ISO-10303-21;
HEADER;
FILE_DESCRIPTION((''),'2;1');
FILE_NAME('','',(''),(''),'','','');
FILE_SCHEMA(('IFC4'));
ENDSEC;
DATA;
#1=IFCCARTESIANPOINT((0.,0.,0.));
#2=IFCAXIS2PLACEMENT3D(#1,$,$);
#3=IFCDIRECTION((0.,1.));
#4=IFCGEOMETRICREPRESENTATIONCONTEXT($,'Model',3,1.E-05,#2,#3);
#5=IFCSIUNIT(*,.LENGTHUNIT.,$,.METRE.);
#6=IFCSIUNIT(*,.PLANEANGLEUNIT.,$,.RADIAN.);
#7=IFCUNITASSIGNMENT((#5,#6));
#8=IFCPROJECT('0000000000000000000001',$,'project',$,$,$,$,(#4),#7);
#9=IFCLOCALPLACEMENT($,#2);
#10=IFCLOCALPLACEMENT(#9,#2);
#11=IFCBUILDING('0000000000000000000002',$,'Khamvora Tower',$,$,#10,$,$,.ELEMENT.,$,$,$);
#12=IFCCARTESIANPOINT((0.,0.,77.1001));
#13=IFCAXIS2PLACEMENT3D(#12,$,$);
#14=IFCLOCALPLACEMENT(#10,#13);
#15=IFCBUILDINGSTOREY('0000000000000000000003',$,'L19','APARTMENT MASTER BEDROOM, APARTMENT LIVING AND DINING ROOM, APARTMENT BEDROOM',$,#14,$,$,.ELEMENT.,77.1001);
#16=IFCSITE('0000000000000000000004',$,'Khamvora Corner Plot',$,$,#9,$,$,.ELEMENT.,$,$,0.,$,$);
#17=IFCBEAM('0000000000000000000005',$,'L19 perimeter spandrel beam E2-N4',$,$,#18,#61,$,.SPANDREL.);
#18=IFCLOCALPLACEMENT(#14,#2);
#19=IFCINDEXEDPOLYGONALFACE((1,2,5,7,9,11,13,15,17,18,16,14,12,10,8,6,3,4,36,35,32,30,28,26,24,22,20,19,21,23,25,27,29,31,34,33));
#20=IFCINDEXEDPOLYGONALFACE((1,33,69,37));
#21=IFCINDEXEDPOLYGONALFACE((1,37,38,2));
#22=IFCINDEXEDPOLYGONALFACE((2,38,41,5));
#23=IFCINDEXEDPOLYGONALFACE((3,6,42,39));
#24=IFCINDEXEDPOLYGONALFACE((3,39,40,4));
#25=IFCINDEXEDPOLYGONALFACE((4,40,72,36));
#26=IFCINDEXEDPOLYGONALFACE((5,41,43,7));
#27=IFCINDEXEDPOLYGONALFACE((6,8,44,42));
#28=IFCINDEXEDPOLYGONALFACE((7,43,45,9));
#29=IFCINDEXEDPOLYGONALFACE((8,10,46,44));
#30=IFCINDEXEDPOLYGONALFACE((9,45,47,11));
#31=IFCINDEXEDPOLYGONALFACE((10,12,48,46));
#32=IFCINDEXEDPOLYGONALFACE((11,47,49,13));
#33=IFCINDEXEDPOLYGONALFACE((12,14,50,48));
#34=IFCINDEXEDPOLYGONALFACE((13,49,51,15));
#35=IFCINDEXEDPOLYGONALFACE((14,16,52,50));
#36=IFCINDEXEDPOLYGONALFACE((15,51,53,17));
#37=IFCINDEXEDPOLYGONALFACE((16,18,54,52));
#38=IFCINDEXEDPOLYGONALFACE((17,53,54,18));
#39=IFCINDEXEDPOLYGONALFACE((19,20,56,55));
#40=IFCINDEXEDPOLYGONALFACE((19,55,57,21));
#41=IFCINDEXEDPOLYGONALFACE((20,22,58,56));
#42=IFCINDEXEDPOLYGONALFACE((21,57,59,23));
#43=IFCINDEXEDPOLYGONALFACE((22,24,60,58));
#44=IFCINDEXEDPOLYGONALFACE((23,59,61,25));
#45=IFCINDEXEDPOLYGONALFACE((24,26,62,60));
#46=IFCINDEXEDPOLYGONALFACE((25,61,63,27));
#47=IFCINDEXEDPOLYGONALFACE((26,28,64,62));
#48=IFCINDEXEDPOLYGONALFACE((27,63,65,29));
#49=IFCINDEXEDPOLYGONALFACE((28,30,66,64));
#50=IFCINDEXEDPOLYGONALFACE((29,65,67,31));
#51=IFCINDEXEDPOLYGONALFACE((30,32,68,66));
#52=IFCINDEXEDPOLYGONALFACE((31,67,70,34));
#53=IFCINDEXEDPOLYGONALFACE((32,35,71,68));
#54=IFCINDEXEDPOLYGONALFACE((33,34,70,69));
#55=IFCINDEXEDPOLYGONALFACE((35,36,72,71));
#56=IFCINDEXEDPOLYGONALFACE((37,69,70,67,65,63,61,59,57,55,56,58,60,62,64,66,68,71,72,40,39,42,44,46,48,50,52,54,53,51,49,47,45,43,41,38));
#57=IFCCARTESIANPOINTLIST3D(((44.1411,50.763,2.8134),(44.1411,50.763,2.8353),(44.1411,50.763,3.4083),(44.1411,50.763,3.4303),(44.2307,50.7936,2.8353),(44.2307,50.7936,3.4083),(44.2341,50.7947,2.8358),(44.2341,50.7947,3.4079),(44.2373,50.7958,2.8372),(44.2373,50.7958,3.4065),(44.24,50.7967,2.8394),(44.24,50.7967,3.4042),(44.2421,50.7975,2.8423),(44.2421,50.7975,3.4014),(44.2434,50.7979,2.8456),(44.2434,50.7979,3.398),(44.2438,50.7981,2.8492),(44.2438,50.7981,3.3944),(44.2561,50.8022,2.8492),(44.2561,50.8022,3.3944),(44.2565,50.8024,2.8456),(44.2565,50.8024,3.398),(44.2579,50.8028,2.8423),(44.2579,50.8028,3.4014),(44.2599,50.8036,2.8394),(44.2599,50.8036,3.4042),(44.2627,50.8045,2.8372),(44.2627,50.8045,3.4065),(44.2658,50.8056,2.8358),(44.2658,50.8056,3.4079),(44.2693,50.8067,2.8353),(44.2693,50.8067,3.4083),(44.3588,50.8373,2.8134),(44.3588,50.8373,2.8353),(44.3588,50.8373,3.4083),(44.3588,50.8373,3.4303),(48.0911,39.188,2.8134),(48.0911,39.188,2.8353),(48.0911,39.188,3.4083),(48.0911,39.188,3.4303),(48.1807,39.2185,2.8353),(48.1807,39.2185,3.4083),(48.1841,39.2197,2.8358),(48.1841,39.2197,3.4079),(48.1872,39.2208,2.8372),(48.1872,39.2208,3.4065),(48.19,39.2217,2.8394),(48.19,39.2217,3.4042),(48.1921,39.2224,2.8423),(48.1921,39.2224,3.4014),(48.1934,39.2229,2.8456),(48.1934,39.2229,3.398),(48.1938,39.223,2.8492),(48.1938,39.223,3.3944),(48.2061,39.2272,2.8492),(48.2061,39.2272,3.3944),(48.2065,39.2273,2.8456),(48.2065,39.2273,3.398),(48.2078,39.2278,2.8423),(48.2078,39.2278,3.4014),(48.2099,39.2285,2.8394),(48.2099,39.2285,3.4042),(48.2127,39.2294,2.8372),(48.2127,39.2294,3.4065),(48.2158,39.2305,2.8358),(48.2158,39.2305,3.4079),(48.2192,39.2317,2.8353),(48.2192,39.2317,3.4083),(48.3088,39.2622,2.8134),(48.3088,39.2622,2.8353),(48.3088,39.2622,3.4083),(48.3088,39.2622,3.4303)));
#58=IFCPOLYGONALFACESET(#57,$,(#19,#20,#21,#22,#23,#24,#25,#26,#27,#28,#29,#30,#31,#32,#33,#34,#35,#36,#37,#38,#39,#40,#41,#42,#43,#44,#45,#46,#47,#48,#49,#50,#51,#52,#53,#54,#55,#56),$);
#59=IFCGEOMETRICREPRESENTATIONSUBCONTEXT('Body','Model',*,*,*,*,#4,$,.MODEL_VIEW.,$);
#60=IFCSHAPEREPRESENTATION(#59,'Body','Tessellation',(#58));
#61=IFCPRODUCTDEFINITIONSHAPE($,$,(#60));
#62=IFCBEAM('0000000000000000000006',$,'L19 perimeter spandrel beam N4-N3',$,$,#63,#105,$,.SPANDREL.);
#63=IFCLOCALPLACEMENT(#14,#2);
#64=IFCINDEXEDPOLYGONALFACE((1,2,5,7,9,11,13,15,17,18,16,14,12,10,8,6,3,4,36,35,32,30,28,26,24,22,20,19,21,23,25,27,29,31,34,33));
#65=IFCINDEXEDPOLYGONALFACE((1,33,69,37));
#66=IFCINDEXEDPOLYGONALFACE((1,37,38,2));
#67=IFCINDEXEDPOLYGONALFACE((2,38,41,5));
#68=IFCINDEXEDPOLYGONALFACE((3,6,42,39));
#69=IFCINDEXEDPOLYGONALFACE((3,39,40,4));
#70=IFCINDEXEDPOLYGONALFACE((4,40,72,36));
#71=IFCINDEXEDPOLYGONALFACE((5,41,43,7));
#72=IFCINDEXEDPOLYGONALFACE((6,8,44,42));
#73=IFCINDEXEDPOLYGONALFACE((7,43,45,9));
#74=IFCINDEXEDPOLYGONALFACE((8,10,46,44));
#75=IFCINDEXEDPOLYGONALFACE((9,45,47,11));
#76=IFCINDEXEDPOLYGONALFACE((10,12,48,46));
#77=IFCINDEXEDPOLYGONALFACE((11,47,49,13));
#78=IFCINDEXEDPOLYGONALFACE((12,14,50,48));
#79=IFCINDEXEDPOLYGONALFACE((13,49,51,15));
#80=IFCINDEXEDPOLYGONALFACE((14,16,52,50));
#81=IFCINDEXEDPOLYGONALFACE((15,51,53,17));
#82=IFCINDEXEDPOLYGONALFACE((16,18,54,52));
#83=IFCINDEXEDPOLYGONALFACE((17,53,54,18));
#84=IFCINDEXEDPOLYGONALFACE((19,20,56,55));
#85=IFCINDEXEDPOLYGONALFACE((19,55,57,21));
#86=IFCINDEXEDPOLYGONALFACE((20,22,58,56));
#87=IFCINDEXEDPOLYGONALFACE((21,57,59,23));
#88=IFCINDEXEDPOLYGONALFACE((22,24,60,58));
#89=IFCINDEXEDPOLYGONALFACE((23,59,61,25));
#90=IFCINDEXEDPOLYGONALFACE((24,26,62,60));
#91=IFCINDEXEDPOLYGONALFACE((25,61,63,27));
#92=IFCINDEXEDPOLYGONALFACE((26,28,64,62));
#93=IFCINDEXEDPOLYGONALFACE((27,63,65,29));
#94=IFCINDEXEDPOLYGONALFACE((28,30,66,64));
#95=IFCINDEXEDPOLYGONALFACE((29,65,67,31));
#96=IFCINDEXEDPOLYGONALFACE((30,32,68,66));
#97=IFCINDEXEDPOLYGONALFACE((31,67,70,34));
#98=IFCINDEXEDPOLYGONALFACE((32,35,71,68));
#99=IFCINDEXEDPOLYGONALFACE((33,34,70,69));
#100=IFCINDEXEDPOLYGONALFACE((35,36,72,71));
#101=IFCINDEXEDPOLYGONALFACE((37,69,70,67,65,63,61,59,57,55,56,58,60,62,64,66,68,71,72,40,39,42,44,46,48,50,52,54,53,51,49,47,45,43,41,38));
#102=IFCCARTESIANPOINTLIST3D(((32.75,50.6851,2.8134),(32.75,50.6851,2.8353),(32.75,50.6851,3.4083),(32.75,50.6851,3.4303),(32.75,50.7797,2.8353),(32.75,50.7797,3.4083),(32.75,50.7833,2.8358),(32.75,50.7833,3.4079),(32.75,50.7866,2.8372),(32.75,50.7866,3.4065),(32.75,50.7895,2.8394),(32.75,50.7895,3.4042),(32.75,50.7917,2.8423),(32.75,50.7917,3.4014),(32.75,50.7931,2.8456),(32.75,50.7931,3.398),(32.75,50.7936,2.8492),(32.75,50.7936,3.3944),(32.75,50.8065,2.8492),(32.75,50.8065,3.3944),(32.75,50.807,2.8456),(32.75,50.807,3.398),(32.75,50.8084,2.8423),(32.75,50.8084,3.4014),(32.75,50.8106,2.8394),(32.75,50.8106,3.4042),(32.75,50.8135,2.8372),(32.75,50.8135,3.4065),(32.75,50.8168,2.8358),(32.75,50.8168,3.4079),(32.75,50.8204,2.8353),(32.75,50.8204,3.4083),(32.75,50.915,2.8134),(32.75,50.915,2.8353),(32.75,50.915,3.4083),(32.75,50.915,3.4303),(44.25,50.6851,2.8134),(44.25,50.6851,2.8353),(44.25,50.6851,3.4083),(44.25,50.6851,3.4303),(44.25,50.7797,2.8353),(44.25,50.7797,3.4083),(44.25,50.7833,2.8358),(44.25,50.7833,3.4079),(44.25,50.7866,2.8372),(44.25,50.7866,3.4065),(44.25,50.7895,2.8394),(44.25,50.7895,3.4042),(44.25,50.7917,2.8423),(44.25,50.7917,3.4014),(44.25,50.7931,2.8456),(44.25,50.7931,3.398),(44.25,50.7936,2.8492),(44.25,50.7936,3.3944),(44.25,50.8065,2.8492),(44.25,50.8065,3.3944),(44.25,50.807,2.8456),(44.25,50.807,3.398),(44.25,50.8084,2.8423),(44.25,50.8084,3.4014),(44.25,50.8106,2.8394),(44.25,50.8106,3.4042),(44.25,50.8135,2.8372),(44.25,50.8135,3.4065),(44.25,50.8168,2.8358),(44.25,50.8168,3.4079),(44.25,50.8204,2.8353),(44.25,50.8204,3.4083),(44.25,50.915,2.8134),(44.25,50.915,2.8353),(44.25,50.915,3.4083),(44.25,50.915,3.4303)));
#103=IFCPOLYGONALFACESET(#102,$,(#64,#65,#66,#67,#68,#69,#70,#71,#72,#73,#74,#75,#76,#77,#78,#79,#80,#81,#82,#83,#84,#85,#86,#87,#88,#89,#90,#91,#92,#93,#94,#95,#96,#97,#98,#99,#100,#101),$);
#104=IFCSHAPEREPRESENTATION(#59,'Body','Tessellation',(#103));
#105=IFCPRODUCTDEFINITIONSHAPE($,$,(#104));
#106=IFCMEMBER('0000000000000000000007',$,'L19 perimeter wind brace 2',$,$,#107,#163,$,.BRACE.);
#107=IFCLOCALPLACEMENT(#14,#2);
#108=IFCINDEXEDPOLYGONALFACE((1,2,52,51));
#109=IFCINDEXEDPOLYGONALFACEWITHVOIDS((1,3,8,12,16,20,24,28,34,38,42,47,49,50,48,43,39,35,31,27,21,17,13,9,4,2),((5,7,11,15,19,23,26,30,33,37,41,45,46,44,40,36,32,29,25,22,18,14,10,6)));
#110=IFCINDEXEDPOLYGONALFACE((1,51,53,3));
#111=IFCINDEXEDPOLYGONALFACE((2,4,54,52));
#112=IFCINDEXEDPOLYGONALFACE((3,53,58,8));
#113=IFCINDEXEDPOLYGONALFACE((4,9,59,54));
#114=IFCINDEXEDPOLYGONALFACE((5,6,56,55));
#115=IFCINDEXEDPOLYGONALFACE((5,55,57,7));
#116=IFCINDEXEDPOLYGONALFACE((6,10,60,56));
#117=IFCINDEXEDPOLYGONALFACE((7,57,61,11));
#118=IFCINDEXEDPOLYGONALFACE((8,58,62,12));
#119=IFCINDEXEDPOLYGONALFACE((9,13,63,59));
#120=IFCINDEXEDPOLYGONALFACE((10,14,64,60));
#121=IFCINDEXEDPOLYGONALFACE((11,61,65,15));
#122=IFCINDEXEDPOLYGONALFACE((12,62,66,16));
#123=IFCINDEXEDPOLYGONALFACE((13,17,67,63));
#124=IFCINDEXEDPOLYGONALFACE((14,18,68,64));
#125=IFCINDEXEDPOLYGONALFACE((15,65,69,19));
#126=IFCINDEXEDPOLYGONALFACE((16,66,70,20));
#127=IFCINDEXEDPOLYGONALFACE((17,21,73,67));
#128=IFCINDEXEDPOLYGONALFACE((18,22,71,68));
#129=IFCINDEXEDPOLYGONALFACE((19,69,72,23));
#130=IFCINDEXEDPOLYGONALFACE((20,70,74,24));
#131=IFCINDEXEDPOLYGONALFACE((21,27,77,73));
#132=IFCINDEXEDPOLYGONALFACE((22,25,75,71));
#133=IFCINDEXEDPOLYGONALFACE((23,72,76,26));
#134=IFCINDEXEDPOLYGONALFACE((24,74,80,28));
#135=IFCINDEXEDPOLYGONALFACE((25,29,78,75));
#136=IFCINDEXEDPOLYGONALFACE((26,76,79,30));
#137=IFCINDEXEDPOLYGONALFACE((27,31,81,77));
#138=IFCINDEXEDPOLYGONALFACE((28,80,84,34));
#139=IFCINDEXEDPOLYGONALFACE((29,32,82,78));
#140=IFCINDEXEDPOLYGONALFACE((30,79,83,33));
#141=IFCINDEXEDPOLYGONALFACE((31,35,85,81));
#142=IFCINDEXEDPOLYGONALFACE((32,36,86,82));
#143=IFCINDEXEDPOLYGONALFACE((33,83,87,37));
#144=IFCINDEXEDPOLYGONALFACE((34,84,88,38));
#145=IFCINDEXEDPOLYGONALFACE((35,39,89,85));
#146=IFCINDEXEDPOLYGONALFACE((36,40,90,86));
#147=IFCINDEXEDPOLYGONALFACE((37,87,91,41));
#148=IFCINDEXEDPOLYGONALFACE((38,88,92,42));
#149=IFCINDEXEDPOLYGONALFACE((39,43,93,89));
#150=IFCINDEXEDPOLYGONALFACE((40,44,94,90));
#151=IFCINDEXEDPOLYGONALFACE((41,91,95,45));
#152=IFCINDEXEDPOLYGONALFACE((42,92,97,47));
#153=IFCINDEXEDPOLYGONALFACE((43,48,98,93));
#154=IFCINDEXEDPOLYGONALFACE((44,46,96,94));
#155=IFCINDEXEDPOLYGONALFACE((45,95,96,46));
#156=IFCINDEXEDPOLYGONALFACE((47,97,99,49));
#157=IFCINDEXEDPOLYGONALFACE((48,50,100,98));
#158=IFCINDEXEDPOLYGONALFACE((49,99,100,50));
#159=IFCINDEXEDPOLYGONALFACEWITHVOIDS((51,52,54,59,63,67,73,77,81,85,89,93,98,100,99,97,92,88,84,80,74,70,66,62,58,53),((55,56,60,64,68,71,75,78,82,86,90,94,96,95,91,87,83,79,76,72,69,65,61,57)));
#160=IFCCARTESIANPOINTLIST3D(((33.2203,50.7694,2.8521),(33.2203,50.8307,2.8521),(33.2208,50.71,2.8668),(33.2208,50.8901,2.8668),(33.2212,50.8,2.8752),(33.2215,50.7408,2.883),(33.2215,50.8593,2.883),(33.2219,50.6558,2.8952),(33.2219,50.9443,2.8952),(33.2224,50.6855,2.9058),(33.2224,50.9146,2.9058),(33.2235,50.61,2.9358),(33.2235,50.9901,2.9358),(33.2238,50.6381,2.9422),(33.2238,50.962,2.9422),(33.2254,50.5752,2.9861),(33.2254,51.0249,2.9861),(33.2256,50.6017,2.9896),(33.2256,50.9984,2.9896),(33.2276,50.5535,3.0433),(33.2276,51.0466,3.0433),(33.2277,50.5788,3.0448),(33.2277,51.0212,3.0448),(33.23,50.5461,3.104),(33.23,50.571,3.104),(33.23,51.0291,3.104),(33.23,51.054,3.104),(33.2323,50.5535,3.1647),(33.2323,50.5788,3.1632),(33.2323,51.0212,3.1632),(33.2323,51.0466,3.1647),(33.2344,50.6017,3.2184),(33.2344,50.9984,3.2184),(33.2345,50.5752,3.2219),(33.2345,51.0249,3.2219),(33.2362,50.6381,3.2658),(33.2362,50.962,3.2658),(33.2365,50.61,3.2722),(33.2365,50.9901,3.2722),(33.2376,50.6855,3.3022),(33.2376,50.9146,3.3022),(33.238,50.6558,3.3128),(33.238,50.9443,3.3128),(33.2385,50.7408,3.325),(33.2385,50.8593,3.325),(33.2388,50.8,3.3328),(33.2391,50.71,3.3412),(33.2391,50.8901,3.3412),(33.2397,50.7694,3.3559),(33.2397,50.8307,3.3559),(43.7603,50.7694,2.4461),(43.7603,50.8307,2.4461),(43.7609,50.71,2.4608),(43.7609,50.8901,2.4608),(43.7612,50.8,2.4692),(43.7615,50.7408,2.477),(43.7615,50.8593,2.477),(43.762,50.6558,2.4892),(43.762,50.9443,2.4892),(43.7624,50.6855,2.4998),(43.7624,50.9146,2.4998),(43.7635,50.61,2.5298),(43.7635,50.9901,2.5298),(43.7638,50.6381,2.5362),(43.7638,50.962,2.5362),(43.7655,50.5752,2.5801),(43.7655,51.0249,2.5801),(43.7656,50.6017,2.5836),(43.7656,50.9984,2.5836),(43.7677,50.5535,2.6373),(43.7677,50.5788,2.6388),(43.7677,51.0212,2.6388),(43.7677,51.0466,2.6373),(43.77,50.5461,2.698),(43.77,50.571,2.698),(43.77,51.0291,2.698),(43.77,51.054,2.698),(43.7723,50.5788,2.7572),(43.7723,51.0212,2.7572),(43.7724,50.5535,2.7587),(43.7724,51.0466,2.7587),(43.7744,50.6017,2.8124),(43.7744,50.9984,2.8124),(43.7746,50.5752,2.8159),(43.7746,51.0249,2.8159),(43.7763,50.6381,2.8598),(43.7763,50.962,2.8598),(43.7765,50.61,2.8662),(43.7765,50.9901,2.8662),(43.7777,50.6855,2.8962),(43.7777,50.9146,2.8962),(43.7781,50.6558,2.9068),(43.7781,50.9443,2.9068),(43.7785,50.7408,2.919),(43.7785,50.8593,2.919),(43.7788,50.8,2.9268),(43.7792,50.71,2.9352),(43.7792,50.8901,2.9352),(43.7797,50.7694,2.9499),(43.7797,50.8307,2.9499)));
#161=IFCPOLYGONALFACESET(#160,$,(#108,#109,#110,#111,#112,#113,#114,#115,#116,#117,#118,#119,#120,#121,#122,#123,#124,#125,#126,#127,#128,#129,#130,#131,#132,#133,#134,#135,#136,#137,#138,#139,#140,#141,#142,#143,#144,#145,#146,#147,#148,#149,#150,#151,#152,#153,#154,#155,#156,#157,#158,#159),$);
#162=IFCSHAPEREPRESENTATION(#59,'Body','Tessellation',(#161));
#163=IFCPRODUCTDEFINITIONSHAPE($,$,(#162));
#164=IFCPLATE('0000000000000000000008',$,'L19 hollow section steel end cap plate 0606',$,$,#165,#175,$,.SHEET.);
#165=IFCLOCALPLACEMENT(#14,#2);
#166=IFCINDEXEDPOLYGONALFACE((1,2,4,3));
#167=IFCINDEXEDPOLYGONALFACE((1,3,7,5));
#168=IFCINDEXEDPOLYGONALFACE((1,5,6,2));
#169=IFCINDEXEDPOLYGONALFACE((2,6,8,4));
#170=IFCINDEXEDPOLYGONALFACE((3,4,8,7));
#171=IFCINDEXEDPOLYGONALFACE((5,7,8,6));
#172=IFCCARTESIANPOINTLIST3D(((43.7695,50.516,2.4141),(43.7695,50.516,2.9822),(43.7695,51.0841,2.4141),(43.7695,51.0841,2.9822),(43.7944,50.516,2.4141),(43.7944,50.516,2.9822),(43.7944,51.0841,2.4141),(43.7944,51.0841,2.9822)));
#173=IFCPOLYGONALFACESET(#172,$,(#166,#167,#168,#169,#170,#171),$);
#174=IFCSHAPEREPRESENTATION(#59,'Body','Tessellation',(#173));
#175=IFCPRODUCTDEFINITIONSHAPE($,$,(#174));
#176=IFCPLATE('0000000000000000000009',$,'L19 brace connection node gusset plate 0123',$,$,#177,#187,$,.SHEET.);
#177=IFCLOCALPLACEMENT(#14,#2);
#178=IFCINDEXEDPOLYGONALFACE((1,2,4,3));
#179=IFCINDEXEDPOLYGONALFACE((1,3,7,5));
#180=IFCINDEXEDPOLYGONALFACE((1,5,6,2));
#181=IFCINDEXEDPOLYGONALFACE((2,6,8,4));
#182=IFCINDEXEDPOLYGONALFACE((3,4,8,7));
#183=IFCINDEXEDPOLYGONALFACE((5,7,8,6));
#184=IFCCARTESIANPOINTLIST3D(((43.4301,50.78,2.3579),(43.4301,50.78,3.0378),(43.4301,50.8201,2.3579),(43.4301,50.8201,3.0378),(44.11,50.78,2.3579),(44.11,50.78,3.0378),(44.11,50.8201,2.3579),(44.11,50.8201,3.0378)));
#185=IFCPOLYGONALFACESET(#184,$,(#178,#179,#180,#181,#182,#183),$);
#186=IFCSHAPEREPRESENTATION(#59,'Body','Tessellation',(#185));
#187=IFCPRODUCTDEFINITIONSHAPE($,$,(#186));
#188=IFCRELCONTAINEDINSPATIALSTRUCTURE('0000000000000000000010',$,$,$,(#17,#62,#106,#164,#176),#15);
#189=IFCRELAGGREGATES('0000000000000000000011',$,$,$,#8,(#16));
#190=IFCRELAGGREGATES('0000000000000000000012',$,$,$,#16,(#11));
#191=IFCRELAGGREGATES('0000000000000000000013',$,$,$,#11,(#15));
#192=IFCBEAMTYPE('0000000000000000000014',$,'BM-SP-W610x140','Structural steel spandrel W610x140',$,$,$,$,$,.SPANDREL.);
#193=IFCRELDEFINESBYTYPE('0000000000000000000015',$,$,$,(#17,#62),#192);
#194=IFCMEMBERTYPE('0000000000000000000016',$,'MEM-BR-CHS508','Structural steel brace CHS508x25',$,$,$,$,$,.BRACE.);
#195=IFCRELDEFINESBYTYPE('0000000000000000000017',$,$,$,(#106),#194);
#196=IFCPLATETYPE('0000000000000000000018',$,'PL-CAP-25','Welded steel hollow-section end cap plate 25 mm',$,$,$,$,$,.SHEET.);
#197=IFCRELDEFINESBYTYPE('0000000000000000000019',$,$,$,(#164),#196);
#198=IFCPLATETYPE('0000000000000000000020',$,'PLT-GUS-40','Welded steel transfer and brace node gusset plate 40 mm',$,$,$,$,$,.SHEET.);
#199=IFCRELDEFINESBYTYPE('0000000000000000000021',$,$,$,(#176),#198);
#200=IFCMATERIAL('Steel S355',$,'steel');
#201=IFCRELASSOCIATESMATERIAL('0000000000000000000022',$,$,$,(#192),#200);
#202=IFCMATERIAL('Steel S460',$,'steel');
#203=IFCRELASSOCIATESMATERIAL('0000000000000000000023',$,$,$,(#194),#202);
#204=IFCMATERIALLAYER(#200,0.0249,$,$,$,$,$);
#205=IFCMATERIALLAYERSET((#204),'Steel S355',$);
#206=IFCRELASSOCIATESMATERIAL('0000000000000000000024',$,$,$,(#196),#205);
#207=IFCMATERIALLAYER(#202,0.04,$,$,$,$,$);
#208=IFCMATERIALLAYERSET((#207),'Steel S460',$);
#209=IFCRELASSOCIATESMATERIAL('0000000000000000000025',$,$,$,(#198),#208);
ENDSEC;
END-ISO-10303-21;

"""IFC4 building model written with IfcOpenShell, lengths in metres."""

from ifc_helpers import new_model, si_unit, direction, frame, origin, origin_2d, place, context, subcontext, project, spatial, rectangle, hollow_circle, i_section, extrude, material, layer, layer_set, material_profile, profile_set, type_object, element, save


model = new_model("IFC4")

# Units and contexts
model_context = context("Model", 3, precision=1e-05, world=origin(), true_north=direction((0.0, 1.0)))
body_context = subcontext(model_context, "Body", "Model", "MODEL_VIEW")
ifc_project = project(units=[si_unit("LENGTHUNIT", "METRE"), si_unit("PLANEANGLEUNIT", "RADIAN")], contexts=[model_context])

# Site, building, storey
site_placement = place(None, origin())
site = spatial("IfcSite", under=ifc_project, at=site_placement, Name="Khamvora Corner Plot", CompositionType="ELEMENT", RefElevation=0.0)
building_placement = place(site_placement, origin())
building = spatial("IfcBuilding", under=site, at=building_placement, Name="Khamvora Tower", CompositionType="ELEMENT")
storey_placement = place(building_placement, frame((0.0, 0.0, 77.1001)))
storey = spatial("IfcBuildingStorey", under=building, at=storey_placement, Name="L19", Description="APARTMENT MASTER BEDROOM, APARTMENT LIVING AND DINING ROOM, APARTMENT BEDROOM", CompositionType="ELEMENT", Elevation=77.1001)

# Shared definitions
ifc_material_1 = material(Name="Steel S355", Category="steel")

# Beams
ifc_material_profile_1 = material_profile(ifc_material_1, i_section(OverallWidth=0.23, OverallDepth=0.6169, WebThickness=0.0129, FlangeThickness=0.022, FilletRadius=0.0139, at=origin_2d()), Name="W610x140")
ifc_profile_set_1 = profile_set([ifc_material_profile_1], Name="Steel S355")
beam_type_1 = type_object("IfcBeamType", Name="BM-SP-W610x140", Description="Structural steel spandrel W610x140", PredefinedType="SPANDREL", material=ifc_profile_set_1)
beam_1_placement = place(storey_placement, frame((48.2, 39.2251, 3.1218), z_axis=(-0.322963, 0.946412, 0.0), x_axis=(-0.946412, -0.322963, 0.0)))
element("IfcBeam", 1, at=beam_1_placement, inside=storey, type_object=beam_type_1, Name="L19 perimeter spandrel beam E2-N4", PredefinedType="SPANDREL", context=body_context, shape_type="SweptSolid", body=[
    extrude(i_section(OverallWidth=0.23, OverallDepth=0.6169, WebThickness=0.0129, FlangeThickness=0.022, FilletRadius=0.0139, at=origin_2d()), origin(), (0.0, 0.0, 1.0), 12.2305),
])
beam_2_placement = place(storey_placement, frame((44.25, 50.8, 3.1218), z_axis=(-1.0, 0.0, 0.0), x_axis=(0.0, -1.0, 0.0)))
element("IfcBeam", 2, at=beam_2_placement, inside=storey, type_object=beam_type_1, Name="L19 perimeter spandrel beam N4-N3", PredefinedType="SPANDREL", context=body_context, shape_type="SweptSolid", body=[
    extrude(i_section(OverallWidth=0.23, OverallDepth=0.6169, WebThickness=0.0129, FlangeThickness=0.022, FilletRadius=0.0139, at=origin_2d()), origin(), (0.0, 0.0, 1.0), 11.5),
])

# Member
ifc_material_2 = material(Name="Steel S460", Category="steel")
ifc_material_profile_2 = material_profile(ifc_material_2, hollow_circle(Radius=0.2539, WallThickness=0.0249, at=origin_2d()), Name="CHS508x25")
ifc_profile_set_2 = profile_set([ifc_material_profile_2], Name="Steel S460")
member_type = type_object("IfcMemberType", Name="MEM-BR-CHS508", Description="Structural steel brace CHS508x25", PredefinedType="BRACE", material=ifc_profile_set_2)
member_placement = place(storey_placement, frame((43.77, 50.8, 2.698), z_axis=(-0.999259, 0.0, 0.038492), x_axis=(0.0, -1.0, 0.0)))
element("IfcMember", 3, at=member_placement, inside=storey, type_object=member_type, Name="L19 perimeter wind brace 2", PredefinedType="BRACE", context=body_context, shape_type="SweptSolid", body=[
    extrude(hollow_circle(Radius=0.2539, WallThickness=0.0249, at=origin_2d()), origin(), (0.0, 0.0, 1.0), 10.5479),
])

# Plates
ifc_layer_1 = layer(ifc_material_1, 0.0249)
ifc_layer_set_1 = layer_set([ifc_layer_1], Name="Steel S355")
plate_type_1 = type_object("IfcPlateType", Name="PL-CAP-25", Description="Welded steel hollow-section end cap plate 25 mm", PredefinedType="SHEET", material=ifc_layer_set_1)
plate_1_placement = place(storey_placement, frame((43.782, 50.8, 2.4141), z_axis=(0.0, 0.0, 1.0), x_axis=(-1.0, 0.0, 0.0)))
element("IfcPlate", 4, at=plate_1_placement, inside=storey, type_object=plate_type_1, Name="L19 hollow section steel end cap plate 0606", PredefinedType="SHEET", context=body_context, shape_type="SweptSolid", body=[
    extrude(rectangle(XDim=0.0249, YDim=0.5681, at=origin_2d()), origin(), (0.0, 0.0, 1.0), 0.5681),
])
ifc_layer_2 = layer(ifc_material_2, 0.04)
ifc_layer_set_2 = layer_set([ifc_layer_2], Name="Steel S460")
plate_type_2 = type_object("IfcPlateType", Name="PLT-GUS-40", Description="Welded steel transfer and brace node gusset plate 40 mm", PredefinedType="SHEET", material=ifc_layer_set_2)
plate_2_placement = place(storey_placement, frame((43.77, 50.8, 2.3579), z_axis=(0.0, 0.0, 1.0), x_axis=(1.0, 0.0, 0.0)))
element("IfcPlate", 5, at=plate_2_placement, inside=storey, type_object=plate_type_2, Name="L19 brace connection node gusset plate 0123", PredefinedType="SHEET", context=body_context, shape_type="SweptSolid", body=[
    extrude(rectangle(XDim=0.6799, YDim=0.04, at=origin_2d()), origin(), (0.0, 0.0, 1.0), 0.6799),
])

save(model, "model.ifc")
